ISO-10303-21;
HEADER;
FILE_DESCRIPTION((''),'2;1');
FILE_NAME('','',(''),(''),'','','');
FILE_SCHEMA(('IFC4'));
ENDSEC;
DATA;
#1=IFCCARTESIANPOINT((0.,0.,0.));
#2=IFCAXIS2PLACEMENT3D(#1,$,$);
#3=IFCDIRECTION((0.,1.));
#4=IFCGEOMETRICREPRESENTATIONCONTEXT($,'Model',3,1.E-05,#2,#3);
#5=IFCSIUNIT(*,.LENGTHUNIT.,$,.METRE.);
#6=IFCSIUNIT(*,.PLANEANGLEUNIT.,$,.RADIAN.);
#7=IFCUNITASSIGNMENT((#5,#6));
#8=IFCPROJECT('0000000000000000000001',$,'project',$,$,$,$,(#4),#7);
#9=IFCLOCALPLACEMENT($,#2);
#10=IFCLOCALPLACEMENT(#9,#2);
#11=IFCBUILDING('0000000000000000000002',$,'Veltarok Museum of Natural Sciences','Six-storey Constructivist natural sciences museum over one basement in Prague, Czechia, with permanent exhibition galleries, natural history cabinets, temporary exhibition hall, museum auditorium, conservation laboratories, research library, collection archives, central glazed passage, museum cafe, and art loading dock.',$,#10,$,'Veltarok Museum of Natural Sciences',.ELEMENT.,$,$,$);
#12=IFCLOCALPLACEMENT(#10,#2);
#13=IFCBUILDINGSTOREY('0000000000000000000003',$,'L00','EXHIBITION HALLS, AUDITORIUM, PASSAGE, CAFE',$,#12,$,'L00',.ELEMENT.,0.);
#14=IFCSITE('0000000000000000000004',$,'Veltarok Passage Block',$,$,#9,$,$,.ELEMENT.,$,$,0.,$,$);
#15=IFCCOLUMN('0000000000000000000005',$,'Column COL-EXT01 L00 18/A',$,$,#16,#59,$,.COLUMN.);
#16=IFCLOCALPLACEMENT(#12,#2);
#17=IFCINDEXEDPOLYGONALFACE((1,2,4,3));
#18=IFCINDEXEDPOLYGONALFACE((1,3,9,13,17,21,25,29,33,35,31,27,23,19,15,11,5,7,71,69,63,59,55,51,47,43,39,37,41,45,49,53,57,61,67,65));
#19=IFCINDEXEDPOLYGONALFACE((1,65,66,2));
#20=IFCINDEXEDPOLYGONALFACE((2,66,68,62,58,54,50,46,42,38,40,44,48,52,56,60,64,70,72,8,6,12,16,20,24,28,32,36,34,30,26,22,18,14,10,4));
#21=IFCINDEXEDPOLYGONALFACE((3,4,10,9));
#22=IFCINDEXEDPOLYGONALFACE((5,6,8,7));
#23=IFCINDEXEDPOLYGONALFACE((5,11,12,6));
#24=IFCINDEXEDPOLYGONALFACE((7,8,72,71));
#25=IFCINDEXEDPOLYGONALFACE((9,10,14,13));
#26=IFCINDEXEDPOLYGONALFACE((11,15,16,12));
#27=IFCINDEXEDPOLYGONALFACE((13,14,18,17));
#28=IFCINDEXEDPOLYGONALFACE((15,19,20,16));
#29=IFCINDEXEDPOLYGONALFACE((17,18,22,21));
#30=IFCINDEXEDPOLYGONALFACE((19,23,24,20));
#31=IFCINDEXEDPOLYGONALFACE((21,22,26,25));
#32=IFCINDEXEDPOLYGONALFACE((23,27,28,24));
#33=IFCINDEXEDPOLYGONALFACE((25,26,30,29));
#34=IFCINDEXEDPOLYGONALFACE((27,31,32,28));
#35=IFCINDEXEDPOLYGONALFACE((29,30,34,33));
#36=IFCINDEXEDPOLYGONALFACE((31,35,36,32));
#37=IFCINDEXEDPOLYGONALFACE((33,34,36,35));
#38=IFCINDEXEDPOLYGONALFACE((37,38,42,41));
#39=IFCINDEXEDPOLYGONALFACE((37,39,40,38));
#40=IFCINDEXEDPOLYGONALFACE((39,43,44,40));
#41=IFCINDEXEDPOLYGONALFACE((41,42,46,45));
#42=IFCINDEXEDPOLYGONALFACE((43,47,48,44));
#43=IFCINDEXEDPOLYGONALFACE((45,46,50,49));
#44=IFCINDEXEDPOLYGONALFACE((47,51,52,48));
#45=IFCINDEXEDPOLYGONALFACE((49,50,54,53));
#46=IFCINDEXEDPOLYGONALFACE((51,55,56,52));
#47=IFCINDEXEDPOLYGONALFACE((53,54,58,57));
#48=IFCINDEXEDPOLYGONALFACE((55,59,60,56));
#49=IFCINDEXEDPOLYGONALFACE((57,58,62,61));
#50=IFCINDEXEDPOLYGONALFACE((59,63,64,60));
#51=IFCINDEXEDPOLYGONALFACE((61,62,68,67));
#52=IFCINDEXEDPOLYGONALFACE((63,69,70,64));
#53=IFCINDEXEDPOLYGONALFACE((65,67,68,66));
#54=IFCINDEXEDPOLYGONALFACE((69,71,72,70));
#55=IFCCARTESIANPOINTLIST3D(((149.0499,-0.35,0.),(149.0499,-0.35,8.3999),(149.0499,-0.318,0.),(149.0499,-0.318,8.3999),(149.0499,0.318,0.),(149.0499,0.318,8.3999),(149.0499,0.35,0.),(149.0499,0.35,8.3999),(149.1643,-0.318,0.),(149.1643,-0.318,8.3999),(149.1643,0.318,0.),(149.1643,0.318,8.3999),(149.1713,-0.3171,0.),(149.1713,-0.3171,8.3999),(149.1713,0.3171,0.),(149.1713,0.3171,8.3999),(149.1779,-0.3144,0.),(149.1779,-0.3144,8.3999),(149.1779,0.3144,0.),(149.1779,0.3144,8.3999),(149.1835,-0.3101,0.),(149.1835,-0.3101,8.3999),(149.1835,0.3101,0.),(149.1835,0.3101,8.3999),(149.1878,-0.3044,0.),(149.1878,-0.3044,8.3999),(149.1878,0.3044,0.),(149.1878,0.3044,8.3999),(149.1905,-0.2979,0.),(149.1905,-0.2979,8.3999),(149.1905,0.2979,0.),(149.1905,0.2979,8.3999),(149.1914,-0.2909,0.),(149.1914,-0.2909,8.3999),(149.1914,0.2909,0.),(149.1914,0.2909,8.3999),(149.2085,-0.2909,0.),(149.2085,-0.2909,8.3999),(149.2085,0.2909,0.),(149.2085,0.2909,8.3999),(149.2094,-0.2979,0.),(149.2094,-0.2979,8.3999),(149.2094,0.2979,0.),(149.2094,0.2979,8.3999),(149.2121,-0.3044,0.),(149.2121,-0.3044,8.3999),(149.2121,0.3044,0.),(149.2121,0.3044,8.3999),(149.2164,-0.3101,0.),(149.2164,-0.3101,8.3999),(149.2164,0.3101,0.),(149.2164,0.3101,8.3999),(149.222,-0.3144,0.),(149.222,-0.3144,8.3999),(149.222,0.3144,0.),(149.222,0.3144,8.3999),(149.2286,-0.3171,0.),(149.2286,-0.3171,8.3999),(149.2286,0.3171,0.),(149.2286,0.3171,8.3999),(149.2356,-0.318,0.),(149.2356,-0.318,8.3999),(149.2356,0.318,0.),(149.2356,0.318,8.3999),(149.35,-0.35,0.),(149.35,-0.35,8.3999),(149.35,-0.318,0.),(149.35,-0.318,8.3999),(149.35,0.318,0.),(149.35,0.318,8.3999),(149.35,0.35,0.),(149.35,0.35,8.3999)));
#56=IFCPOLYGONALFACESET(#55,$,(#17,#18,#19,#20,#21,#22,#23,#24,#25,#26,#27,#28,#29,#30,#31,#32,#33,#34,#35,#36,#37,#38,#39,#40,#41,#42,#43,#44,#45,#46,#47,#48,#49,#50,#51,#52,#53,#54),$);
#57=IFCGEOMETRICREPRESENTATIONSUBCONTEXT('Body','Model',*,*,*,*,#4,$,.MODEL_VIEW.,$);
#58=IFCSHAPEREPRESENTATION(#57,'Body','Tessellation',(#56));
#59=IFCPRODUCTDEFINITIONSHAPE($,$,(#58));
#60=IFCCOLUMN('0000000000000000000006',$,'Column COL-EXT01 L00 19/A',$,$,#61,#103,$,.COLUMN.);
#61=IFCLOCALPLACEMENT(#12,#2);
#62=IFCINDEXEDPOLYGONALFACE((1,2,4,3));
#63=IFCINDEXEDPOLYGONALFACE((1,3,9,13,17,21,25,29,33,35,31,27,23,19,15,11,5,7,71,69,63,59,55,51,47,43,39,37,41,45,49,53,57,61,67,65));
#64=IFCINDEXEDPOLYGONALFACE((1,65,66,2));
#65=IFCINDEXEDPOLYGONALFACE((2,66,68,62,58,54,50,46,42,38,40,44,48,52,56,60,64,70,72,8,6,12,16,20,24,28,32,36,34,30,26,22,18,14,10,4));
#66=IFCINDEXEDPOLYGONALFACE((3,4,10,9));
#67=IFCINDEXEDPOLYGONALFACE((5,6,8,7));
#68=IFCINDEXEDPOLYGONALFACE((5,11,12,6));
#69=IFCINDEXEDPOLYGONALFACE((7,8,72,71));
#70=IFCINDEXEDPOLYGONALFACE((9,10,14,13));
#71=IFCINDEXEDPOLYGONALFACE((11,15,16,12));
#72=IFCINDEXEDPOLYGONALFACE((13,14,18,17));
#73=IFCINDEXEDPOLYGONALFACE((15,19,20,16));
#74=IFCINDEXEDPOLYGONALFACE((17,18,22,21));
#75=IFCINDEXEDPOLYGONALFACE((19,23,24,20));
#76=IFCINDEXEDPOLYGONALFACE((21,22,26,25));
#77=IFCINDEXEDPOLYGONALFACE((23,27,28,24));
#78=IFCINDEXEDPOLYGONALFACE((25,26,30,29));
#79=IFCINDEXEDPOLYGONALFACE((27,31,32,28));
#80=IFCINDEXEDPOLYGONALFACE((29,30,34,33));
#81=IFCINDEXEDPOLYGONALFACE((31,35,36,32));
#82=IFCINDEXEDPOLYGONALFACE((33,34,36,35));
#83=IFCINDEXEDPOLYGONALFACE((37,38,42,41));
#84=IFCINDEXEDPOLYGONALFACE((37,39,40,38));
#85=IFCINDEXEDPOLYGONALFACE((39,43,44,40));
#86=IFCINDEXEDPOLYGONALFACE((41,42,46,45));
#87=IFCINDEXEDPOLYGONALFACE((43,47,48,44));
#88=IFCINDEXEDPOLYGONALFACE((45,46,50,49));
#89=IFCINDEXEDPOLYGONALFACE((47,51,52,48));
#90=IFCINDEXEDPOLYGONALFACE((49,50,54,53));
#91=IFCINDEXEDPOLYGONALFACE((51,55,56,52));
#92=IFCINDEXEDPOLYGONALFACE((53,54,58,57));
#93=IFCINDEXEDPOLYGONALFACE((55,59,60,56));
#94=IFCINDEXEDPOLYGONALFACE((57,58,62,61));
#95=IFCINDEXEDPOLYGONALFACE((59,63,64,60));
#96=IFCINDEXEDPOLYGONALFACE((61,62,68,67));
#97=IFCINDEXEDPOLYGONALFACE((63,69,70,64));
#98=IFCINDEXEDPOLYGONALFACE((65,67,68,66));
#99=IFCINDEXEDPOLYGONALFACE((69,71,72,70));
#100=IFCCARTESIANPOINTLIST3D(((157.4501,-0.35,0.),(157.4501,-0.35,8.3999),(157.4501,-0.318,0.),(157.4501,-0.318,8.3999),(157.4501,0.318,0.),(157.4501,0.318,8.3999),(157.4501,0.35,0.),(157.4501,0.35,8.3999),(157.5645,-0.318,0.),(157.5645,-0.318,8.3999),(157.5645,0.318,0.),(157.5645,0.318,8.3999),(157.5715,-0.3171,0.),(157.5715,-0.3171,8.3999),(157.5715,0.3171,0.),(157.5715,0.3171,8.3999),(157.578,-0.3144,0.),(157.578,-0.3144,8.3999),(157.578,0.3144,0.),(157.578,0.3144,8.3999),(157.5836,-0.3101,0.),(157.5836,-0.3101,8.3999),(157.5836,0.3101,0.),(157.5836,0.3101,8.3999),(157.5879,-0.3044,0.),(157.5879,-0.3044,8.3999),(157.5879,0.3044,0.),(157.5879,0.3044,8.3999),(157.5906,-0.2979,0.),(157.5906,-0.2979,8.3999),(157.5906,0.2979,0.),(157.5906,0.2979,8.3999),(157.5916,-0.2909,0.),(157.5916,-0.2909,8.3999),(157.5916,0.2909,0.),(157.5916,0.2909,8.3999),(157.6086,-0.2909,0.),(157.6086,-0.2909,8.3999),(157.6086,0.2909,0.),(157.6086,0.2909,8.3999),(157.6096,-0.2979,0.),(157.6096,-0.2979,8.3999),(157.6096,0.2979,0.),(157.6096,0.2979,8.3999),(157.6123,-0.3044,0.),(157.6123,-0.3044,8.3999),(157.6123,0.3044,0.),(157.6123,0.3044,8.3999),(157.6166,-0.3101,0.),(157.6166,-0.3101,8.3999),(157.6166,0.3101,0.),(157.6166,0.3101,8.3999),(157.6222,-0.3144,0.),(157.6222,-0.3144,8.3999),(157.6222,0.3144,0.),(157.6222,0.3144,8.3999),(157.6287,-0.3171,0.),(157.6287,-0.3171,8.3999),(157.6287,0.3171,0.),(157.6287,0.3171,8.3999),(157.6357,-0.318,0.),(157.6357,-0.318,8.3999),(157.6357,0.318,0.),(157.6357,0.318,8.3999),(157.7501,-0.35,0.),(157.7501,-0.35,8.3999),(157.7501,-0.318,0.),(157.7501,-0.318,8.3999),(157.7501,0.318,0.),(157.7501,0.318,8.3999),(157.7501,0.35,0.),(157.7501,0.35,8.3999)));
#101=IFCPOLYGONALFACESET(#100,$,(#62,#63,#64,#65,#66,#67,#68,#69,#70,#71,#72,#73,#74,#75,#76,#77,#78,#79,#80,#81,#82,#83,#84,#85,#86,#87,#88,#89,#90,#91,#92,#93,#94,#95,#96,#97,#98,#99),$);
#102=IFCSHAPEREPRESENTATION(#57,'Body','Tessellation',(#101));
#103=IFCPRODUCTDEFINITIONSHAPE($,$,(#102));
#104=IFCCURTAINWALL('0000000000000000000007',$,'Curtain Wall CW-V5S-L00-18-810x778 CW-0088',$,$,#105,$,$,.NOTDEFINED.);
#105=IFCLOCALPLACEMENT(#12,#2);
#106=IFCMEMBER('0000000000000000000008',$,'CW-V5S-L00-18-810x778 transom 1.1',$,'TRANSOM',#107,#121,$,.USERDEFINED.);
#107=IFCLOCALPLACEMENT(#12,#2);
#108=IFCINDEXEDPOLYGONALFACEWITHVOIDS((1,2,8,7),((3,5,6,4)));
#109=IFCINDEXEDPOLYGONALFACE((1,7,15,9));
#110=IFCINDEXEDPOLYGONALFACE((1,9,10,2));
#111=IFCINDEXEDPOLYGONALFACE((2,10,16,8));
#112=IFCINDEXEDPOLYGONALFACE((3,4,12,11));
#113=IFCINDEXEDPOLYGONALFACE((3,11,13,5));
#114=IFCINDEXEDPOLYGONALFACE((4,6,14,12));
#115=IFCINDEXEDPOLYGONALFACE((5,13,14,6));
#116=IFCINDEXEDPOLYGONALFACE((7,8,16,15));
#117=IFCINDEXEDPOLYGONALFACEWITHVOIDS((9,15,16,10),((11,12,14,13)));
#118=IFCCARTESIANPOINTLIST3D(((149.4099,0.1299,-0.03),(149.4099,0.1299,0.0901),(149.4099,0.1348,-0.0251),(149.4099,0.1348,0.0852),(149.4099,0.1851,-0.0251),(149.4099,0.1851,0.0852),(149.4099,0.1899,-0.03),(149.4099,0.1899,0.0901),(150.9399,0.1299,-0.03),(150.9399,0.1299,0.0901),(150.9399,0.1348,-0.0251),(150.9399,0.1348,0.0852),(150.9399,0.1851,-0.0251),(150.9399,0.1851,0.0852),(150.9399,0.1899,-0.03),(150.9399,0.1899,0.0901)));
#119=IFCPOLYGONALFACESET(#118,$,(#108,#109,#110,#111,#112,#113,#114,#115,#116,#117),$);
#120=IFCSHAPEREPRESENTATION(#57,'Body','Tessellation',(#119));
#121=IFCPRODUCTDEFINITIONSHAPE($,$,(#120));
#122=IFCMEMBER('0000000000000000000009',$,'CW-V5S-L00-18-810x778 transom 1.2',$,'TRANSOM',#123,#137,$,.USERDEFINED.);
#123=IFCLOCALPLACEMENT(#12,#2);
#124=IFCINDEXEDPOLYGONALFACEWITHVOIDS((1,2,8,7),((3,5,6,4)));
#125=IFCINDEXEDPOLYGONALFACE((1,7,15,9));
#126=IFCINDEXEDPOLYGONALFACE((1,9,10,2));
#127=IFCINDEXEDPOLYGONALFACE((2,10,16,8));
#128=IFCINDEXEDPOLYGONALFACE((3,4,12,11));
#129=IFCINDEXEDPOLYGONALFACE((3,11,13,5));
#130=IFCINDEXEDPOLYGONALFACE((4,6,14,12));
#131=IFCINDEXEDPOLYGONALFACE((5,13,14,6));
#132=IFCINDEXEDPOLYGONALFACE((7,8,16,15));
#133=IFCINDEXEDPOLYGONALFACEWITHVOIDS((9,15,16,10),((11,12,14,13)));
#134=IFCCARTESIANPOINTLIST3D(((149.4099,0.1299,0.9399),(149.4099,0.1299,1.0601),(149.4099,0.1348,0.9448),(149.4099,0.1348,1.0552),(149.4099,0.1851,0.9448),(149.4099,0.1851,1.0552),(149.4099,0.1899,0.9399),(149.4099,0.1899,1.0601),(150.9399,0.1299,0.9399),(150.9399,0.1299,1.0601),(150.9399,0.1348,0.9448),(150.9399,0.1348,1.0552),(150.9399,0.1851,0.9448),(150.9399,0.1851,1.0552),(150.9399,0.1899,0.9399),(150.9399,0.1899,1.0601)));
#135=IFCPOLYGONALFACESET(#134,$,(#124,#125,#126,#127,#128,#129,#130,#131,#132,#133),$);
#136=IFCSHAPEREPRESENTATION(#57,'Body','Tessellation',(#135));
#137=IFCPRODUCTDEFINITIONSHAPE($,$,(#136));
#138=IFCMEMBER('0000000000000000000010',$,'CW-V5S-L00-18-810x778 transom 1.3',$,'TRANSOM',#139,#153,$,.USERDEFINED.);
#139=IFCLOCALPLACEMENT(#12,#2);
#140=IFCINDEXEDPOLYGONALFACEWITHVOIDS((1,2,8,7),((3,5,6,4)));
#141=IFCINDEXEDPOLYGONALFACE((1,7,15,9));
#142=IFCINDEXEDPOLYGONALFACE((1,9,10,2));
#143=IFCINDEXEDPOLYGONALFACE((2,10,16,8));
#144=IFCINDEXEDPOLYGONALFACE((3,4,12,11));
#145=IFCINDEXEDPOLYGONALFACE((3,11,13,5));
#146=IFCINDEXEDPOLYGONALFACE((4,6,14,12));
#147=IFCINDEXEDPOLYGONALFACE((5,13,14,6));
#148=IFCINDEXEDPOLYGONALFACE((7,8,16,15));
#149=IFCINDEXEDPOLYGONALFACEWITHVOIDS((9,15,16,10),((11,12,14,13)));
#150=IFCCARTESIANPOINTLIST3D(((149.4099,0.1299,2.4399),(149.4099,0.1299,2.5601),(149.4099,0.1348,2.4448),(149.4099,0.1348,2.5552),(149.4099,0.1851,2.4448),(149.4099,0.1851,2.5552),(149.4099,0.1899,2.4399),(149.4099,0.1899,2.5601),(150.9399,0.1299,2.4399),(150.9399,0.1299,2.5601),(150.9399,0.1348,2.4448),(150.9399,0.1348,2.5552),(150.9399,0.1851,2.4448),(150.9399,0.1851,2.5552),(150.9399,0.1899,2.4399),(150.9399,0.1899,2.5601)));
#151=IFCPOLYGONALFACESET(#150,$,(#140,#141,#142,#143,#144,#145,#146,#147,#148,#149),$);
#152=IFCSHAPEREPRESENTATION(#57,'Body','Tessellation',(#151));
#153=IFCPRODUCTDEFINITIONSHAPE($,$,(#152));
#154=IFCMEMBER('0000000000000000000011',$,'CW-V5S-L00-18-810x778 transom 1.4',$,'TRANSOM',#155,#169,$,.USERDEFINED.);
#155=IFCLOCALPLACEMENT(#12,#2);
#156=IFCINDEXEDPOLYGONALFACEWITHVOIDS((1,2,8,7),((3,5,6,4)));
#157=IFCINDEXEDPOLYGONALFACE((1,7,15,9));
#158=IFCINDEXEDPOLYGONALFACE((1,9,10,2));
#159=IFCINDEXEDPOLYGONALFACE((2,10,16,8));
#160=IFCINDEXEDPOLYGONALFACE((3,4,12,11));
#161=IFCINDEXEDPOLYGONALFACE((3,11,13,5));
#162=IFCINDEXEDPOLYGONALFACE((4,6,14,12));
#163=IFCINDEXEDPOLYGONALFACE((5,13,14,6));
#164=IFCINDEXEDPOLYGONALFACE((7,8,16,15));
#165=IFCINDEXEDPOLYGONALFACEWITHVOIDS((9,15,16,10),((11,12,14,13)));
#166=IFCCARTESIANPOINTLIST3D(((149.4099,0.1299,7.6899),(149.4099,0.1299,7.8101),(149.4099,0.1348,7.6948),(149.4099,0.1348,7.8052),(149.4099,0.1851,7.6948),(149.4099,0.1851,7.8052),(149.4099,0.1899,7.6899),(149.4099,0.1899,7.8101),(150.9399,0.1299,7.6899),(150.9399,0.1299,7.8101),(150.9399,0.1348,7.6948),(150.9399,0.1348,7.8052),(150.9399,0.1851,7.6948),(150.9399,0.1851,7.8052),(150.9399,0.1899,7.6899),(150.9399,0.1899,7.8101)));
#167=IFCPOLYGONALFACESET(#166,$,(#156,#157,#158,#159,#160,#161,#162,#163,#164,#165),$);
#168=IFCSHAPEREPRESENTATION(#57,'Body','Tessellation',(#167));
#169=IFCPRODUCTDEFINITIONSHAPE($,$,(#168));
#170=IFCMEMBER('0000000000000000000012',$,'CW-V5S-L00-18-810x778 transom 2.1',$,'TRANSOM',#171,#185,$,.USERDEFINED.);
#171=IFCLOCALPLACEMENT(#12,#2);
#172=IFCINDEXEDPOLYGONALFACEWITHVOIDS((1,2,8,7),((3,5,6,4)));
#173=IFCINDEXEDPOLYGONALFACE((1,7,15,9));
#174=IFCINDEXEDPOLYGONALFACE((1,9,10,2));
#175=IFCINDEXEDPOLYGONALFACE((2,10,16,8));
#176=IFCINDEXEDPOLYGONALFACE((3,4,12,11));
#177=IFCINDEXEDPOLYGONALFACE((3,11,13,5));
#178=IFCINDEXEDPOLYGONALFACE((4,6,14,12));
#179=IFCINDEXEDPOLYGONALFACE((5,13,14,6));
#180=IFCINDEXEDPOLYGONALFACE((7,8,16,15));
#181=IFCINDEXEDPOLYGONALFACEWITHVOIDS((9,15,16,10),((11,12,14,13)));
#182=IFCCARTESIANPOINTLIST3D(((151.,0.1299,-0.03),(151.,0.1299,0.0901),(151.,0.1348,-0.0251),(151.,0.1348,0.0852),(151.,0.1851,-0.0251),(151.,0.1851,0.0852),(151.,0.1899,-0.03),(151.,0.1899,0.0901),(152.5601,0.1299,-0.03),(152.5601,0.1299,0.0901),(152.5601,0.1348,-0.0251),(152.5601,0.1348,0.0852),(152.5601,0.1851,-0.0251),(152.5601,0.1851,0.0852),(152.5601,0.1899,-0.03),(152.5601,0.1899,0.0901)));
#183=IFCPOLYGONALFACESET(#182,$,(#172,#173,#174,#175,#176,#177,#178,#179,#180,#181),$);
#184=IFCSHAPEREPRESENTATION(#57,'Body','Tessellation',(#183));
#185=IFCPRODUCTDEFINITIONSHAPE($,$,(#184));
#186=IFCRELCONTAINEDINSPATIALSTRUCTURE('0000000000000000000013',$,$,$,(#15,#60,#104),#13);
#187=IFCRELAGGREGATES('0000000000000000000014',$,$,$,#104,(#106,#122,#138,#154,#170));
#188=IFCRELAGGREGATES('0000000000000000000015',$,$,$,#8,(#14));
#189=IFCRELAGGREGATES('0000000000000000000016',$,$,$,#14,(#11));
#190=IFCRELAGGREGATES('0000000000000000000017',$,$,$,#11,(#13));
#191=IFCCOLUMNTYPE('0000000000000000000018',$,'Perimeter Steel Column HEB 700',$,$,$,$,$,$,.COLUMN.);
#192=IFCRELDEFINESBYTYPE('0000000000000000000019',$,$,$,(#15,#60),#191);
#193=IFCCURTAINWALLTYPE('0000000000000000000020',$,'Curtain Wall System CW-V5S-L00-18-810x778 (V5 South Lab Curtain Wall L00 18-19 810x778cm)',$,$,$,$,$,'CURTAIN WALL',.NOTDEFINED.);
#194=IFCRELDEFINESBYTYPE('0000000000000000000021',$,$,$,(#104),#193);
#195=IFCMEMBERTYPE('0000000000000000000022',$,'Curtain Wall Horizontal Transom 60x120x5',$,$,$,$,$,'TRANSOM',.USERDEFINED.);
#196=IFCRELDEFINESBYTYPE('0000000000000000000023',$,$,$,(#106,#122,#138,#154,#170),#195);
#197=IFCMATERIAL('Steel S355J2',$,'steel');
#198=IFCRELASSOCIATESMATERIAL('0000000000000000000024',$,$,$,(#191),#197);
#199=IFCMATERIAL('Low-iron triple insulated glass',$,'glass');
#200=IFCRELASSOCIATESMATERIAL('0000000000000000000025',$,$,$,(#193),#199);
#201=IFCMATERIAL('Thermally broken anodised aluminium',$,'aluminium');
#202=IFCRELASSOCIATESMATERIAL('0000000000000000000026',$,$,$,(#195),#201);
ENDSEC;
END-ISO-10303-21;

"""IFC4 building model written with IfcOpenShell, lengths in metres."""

from ifc_helpers import new_model, si_unit, direction, frame, origin, origin_2d, place, context, subcontext, project, spatial, hollow_rectangle, i_section, extrude, material, material_profile, profile_set, type_object, element, aggregate, save


model = new_model("IFC4")

# Units and contexts
model_context = context("Model", 3, precision=1e-05, world=origin(), true_north=direction((0.0, 1.0)))
body_context = subcontext(model_context, "Body", "Model", "MODEL_VIEW")
ifc_project = project(units=[si_unit("LENGTHUNIT", "METRE"), si_unit("PLANEANGLEUNIT", "RADIAN")], contexts=[model_context])

# Site, building, storey
site_placement = place(None, origin())
site = spatial("IfcSite", under=ifc_project, at=site_placement, Name="Veltarok Passage Block", CompositionType="ELEMENT", RefElevation=0.0)
building_placement = place(site_placement, origin())
building = spatial("IfcBuilding", under=site, at=building_placement, Name="Veltarok Museum of Natural Sciences", Description="Six-storey Constructivist natural sciences museum over one basement in Prague, Czechia, with permanent exhibition galleries, natural history cabinets, temporary exhibition hall, museum auditorium, conservation laboratories, research library, collection archives, central glazed passage, museum cafe, and art loading dock.", LongName="Veltarok Museum of Natural Sciences", CompositionType="ELEMENT")
storey_placement = place(building_placement, origin())
storey = spatial("IfcBuildingStorey", under=building, at=storey_placement, Name="L00", Description="EXHIBITION HALLS, AUDITORIUM, PASSAGE, CAFE", LongName="L00", CompositionType="ELEMENT", Elevation=0.0)

# Columns
ifc_material_1 = material(Name="Steel S355J2", Category="steel")
ifc_material_profile_1 = material_profile(ifc_material_1, i_section(OverallWidth=0.3, OverallDepth=0.7, WebThickness=0.0171, FlangeThickness=0.032, FilletRadius=0.0271, at=origin_2d()), Name="HEB 700")
ifc_profile_set_1 = profile_set([ifc_material_profile_1], Name="Steel S355J2")
column_type = type_object("IfcColumnType", Name="Perimeter Steel Column HEB 700", PredefinedType="COLUMN", material=ifc_profile_set_1)
for number, where, z_axis, x_axis, name in (
    (1, (149.2, 0.0, 0.0), (0.0, 0.0, 1.0), (1.0, 0.0, 0.0), "Column COL-EXT01 L00 18/A"),
    (2, (157.6001, 0.0, 0.0), (0.0, 0.0, 1.0), (1.0, 0.0, 0.0), "Column COL-EXT01 L00 19/A"),
):
    element("IfcColumn", number, at=place(storey_placement, frame(where, z_axis=z_axis, x_axis=x_axis)), inside=storey, type_object=column_type, Name=name, PredefinedType="COLUMN", context=body_context, shape_type="SweptSolid", body=[
        extrude(i_section(OverallWidth=0.3, OverallDepth=0.7, WebThickness=0.0171, FlangeThickness=0.032, FilletRadius=0.0271, at=origin_2d()), origin(), (0.0, 0.0, 1.0), 8.3999),
    ])

# Curtain wall, members
ifc_material_2 = material(Name="Low-iron triple insulated glass", Category="glass")
curtain_wall_type = type_object("IfcCurtainWallType", Name="Curtain Wall System CW-V5S-L00-18-810x778 (V5 South Lab Curtain Wall L00 18-19 810x778cm)", ElementType="CURTAIN WALL", PredefinedType="NOTDEFINED", material=ifc_material_2)
curtain_wall_placement = place(storey_placement, origin())
curtain_wall = element("IfcCurtainWall", 3, at=curtain_wall_placement, inside=storey, type_object=curtain_wall_type, Name="Curtain Wall CW-V5S-L00-18-810x778 CW-0088", PredefinedType="NOTDEFINED")
ifc_material_3 = material(Name="Thermally broken anodised aluminium", Category="aluminium")
ifc_material_profile_2 = material_profile(ifc_material_3, hollow_rectangle(XDim=0.0601, YDim=0.1201, WallThickness=0.0049, at=origin_2d()), Name="CW TRANSOM 60x120x5")
ifc_profile_set_2 = profile_set([ifc_material_profile_2], Name="Thermally broken anodised aluminium")
member_type_1 = type_object("IfcMemberType", Name="Curtain Wall Horizontal Transom 60x120x5", ElementType="TRANSOM", PredefinedType="USERDEFINED", material=ifc_profile_set_2)
member_1_placement = place(storey_placement, frame((149.4099, 0.1599, 0.03), z_axis=(1.0, 0.0, 0.0), x_axis=(0.0, 1.0, 0.0)))
member_1 = element("IfcMember", 4, at=member_1_placement, type_object=member_type_1, Name="CW-V5S-L00-18-810x778 transom 1.1", ObjectType="TRANSOM", PredefinedType="USERDEFINED", context=body_context, shape_type="SweptSolid", body=[
    extrude(hollow_rectangle(XDim=0.0601, YDim=0.1201, WallThickness=0.0049, at=origin_2d()), origin(), (0.0, 0.0, 1.0), 1.53),
])
member_2_placement = place(storey_placement, frame((149.4099, 0.1599, 1.0), z_axis=(1.0, 0.0, 0.0), x_axis=(0.0, 1.0, 0.0)))
member_2 = element("IfcMember", 5, at=member_2_placement, type_object=member_type_1, Name="CW-V5S-L00-18-810x778 transom 1.2", ObjectType="TRANSOM", PredefinedType="USERDEFINED", context=body_context, shape_type="SweptSolid", body=[
    extrude(hollow_rectangle(XDim=0.0601, YDim=0.1201, WallThickness=0.0049, at=origin_2d()), origin(), (0.0, 0.0, 1.0), 1.53),
])
member_3_placement = place(storey_placement, frame((149.4099, 0.1599, 2.5), z_axis=(1.0, 0.0, 0.0), x_axis=(0.0, 1.0, 0.0)))
member_3 = element("IfcMember", 6, at=member_3_placement, type_object=member_type_1, Name="CW-V5S-L00-18-810x778 transom 1.3", ObjectType="TRANSOM", PredefinedType="USERDEFINED", context=body_context, shape_type="SweptSolid", body=[
    extrude(hollow_rectangle(XDim=0.0601, YDim=0.1201, WallThickness=0.0049, at=origin_2d()), origin(), (0.0, 0.0, 1.0), 1.53),
])
member_4_placement = place(storey_placement, frame((149.4099, 0.1599, 7.75), z_axis=(1.0, 0.0, 0.0), x_axis=(0.0, 1.0, 0.0)))
member_4 = element("IfcMember", 7, at=member_4_placement, type_object=member_type_1, Name="CW-V5S-L00-18-810x778 transom 1.4", ObjectType="TRANSOM", PredefinedType="USERDEFINED", context=body_context, shape_type="SweptSolid", body=[
    extrude(hollow_rectangle(XDim=0.0601, YDim=0.1201, WallThickness=0.0049, at=origin_2d()), origin(), (0.0, 0.0, 1.0), 1.53),
])
member_5_placement = place(storey_placement, frame((151.0, 0.1599, 0.03), z_axis=(1.0, 0.0, 0.0), x_axis=(0.0, 1.0, 0.0)))
member_5 = element("IfcMember", 8, at=member_5_placement, type_object=member_type_1, Name="CW-V5S-L00-18-810x778 transom 2.1", ObjectType="TRANSOM", PredefinedType="USERDEFINED", context=body_context, shape_type="SweptSolid", body=[
    extrude(hollow_rectangle(XDim=0.0601, YDim=0.1201, WallThickness=0.0049, at=origin_2d()), origin(), (0.0, 0.0, 1.0), 1.5601),
])

aggregate(curtain_wall, [member_1, member_2, member_3, member_4, member_5])

save(model, "model.ifc")
